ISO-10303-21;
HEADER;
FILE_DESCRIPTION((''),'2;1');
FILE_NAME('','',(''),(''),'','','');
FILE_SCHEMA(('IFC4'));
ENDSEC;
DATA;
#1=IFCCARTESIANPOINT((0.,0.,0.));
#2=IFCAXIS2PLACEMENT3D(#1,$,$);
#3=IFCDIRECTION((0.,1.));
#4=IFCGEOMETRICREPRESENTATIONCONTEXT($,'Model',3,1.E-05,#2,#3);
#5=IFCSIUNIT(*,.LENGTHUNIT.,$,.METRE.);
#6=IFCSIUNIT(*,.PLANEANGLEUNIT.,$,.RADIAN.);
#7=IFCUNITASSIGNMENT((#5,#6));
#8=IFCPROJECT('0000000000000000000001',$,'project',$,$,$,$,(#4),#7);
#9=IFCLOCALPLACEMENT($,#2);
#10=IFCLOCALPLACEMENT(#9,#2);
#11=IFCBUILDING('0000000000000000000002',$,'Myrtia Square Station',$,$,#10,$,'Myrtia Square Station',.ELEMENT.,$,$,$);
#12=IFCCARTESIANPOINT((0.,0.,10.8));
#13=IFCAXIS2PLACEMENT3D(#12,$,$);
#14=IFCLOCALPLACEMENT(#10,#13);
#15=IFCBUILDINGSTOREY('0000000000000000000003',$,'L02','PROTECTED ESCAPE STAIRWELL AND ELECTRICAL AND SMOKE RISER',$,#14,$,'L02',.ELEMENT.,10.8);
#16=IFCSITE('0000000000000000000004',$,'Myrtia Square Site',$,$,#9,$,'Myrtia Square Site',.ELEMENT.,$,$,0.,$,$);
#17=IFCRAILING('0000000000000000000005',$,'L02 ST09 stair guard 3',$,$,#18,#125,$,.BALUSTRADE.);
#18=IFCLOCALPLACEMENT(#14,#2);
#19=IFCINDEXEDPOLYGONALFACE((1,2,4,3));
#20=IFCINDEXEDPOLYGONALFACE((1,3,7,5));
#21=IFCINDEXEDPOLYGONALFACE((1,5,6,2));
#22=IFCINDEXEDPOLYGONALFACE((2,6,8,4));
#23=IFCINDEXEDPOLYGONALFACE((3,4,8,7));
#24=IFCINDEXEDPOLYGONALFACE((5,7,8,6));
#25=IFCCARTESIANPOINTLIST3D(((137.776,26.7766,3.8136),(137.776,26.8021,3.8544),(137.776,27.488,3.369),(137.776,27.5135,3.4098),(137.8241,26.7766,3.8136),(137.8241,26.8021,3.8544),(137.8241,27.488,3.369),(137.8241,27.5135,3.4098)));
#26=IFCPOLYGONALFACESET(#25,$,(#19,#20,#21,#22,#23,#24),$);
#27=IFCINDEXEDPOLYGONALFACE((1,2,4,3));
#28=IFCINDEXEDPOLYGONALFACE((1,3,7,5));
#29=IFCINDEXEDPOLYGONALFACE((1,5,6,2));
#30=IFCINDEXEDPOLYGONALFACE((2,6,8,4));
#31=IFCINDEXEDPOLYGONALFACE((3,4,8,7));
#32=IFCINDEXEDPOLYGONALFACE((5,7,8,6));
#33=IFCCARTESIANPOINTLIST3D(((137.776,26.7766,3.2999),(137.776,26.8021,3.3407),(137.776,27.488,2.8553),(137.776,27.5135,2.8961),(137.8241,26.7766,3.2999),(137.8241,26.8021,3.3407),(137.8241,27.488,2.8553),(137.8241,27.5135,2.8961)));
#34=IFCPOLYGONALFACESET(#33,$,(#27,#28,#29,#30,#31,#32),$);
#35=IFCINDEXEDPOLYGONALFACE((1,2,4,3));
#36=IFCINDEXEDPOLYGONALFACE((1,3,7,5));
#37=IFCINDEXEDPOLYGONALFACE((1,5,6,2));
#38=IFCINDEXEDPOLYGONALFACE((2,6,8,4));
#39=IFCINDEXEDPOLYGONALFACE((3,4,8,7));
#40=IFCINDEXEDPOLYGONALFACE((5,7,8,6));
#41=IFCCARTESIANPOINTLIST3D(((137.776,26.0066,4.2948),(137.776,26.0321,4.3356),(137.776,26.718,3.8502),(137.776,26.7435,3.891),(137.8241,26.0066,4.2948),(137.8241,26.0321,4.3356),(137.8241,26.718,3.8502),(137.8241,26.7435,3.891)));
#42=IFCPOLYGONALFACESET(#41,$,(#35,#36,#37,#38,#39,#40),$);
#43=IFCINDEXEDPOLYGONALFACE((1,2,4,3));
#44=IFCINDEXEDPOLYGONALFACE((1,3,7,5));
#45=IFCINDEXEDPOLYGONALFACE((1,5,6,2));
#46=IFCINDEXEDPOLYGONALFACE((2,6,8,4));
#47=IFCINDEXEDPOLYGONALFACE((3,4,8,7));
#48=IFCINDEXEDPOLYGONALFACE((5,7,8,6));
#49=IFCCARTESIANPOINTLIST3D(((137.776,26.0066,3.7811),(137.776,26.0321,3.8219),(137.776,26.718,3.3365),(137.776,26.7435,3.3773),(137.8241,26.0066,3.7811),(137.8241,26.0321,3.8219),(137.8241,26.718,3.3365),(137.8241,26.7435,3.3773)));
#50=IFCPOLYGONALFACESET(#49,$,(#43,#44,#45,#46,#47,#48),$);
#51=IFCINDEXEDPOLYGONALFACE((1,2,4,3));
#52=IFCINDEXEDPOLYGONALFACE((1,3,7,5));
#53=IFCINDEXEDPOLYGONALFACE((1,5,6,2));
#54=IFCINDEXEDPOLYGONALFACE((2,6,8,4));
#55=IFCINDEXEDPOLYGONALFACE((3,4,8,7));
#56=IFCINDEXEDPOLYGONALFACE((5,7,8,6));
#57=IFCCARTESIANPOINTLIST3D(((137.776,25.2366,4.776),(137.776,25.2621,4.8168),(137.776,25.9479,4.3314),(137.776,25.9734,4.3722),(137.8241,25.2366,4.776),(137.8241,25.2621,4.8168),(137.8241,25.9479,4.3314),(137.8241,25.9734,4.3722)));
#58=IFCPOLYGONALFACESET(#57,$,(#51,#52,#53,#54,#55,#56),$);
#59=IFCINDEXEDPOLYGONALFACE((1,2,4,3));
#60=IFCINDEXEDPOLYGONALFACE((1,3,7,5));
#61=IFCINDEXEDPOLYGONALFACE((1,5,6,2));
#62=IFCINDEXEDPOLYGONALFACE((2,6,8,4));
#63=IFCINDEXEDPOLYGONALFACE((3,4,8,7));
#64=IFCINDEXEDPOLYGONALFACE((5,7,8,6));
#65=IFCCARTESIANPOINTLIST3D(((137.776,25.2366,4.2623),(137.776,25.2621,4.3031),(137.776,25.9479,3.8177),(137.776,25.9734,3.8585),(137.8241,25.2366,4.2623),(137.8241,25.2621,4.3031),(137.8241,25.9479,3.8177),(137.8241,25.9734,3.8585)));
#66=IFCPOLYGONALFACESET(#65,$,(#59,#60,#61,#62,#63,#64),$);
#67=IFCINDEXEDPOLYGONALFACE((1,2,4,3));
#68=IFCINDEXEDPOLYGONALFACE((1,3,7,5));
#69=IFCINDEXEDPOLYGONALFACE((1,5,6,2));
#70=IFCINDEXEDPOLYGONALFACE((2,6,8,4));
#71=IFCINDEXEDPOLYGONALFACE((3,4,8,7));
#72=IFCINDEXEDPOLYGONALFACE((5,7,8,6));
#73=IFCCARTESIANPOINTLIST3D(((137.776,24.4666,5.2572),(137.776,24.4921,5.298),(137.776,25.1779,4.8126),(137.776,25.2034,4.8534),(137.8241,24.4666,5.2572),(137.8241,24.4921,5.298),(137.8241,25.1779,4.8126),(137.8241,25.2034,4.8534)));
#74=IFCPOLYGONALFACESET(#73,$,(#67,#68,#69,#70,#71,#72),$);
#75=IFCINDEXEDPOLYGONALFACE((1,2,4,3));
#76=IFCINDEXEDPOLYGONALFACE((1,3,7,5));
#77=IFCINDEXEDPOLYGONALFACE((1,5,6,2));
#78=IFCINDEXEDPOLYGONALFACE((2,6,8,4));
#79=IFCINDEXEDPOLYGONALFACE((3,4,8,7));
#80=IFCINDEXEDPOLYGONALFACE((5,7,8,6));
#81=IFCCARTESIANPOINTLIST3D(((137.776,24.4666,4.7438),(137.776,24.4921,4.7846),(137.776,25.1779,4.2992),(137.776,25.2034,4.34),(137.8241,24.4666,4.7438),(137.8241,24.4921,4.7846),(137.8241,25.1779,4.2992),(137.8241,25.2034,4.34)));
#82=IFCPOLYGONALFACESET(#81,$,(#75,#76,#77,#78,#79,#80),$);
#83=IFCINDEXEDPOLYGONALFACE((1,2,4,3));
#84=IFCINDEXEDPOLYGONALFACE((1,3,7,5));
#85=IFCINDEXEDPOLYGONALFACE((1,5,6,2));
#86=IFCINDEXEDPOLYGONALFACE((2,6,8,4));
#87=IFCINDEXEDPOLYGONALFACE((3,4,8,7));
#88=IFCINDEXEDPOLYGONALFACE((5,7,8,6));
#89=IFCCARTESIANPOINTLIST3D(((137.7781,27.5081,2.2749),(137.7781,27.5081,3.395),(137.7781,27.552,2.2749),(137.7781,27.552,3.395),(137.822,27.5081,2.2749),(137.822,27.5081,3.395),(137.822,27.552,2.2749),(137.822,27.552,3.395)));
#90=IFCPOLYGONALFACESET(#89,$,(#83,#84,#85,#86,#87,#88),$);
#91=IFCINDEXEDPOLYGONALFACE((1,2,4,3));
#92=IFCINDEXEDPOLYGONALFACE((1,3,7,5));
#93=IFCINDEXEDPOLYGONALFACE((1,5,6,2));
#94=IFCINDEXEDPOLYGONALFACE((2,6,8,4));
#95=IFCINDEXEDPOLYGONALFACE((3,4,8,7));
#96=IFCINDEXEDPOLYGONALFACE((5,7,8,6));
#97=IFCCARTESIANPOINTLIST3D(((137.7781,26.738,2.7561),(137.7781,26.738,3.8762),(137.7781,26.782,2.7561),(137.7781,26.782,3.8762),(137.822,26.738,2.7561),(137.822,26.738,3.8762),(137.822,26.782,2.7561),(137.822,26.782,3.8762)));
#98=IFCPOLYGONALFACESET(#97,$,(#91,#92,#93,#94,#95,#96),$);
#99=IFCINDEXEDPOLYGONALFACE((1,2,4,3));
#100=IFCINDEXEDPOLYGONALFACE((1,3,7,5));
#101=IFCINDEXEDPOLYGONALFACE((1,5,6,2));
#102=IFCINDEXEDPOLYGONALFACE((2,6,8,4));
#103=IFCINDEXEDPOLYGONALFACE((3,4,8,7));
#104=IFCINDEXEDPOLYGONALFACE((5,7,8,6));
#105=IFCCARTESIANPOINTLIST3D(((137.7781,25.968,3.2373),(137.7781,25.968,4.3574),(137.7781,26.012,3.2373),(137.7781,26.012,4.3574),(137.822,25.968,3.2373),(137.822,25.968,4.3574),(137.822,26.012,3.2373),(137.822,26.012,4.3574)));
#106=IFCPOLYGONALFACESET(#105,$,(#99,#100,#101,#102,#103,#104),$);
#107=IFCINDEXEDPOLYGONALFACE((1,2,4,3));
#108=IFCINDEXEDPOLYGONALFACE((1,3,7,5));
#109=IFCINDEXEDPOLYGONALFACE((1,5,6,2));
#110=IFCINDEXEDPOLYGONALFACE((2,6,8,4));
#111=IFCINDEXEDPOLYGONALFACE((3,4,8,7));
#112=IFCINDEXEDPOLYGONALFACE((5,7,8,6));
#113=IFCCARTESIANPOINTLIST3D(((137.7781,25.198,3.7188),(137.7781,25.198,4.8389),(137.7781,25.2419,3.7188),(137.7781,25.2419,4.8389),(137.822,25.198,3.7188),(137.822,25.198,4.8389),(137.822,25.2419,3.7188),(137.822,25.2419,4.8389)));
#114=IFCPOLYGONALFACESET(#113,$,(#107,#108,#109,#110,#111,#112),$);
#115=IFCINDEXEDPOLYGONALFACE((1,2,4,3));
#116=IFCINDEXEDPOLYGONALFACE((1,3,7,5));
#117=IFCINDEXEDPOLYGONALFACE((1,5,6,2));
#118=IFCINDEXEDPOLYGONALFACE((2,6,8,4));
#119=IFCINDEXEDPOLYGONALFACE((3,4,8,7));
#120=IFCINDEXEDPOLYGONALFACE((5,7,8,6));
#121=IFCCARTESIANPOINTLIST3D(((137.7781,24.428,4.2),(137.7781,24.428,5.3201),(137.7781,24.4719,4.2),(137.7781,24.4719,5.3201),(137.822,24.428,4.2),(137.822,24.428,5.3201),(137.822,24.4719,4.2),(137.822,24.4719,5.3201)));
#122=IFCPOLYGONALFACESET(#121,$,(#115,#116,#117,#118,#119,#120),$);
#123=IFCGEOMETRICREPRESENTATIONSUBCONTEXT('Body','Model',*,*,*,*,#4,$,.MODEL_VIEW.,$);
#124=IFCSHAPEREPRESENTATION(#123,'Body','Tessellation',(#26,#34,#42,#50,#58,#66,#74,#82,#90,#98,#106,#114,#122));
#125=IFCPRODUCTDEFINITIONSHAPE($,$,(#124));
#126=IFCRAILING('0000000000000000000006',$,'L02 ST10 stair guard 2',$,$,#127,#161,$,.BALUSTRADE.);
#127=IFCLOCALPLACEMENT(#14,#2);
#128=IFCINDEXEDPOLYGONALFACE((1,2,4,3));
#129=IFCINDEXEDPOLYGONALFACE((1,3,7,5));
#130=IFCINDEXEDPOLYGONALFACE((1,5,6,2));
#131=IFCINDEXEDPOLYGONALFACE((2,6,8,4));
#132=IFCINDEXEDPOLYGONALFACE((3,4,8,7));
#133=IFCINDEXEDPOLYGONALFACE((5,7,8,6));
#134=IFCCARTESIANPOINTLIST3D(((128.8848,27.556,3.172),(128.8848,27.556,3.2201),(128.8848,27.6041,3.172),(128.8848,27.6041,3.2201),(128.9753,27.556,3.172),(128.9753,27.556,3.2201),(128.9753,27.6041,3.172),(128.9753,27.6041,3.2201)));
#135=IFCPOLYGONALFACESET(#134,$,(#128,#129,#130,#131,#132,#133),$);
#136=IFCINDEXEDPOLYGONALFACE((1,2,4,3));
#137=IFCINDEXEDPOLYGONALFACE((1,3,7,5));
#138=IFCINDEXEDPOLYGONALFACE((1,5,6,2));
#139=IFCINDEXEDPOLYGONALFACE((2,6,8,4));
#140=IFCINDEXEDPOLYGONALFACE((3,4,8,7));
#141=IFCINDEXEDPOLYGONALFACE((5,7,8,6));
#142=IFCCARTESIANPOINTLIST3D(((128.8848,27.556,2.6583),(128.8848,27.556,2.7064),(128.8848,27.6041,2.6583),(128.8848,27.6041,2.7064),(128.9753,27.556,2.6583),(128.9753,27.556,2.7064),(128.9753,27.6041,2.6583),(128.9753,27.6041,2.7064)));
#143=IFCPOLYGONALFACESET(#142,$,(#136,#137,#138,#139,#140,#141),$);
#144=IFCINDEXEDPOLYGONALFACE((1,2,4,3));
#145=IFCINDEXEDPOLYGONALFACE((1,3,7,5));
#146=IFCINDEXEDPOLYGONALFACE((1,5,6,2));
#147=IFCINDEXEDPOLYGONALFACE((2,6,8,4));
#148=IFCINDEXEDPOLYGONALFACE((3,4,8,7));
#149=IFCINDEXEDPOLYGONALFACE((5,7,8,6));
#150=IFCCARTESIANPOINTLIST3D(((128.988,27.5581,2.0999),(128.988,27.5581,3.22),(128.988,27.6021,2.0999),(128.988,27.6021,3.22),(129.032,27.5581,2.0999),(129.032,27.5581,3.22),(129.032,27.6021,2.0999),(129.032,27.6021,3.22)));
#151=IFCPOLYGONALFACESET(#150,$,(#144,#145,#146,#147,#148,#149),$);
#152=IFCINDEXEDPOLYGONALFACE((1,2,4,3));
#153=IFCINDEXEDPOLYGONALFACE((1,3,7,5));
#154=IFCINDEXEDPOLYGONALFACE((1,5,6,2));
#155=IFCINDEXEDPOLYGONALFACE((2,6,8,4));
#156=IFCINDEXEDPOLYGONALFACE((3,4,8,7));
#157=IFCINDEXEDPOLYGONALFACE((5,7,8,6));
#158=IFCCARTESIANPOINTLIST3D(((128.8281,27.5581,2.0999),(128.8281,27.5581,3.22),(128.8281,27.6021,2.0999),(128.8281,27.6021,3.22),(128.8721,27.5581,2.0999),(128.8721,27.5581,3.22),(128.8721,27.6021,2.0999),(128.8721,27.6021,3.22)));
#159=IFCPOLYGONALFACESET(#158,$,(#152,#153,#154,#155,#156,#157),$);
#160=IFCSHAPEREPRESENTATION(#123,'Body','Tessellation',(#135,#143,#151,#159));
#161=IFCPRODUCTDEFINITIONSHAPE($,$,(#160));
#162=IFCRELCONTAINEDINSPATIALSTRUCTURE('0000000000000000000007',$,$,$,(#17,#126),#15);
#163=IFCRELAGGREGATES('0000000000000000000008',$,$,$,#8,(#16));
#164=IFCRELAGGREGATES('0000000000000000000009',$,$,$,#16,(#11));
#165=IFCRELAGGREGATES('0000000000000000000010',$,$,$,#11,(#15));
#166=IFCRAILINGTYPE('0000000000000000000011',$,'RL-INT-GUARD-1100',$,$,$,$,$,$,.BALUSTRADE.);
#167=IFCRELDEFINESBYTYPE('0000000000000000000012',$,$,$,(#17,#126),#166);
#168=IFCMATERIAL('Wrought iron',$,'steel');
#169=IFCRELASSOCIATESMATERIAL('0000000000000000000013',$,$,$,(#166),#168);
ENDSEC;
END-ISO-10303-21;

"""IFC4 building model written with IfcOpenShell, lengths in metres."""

from ifc_helpers import new_model, si_unit, direction, frame, origin, origin_2d, place, context, subcontext, project, spatial, rectangle, extrude, material, type_object, element, save


model = new_model("IFC4")

# Units and contexts
model_context = context("Model", 3, precision=1e-05, world=origin(), true_north=direction((0.0, 1.0)))
body_context = subcontext(model_context, "Body", "Model", "MODEL_VIEW")
ifc_project = project(units=[si_unit("LENGTHUNIT", "METRE"), si_unit("PLANEANGLEUNIT", "RADIAN")], contexts=[model_context])

# Site, building, storey
site_placement = place(None, origin())
site = spatial("IfcSite", under=ifc_project, at=site_placement, Name="Myrtia Square Site", LongName="Myrtia Square Site", CompositionType="ELEMENT", RefElevation=0.0)
building_placement = place(site_placement, origin())
building = spatial("IfcBuilding", under=site, at=building_placement, Name="Myrtia Square Station", LongName="Myrtia Square Station", CompositionType="ELEMENT")
storey_placement = place(building_placement, frame((0.0, 0.0, 10.8)))
storey = spatial("IfcBuildingStorey", under=building, at=storey_placement, Name="L02", Description="PROTECTED ESCAPE STAIRWELL AND ELECTRICAL AND SMOKE RISER", LongName="L02", CompositionType="ELEMENT", Elevation=10.8)

# Railings
ifc_material_1 = material(Name="Wrought iron", Category="steel")
railing_type_1 = type_object("IfcRailingType", Name="RL-INT-GUARD-1100", PredefinedType="BALUSTRADE", material=ifc_material_1)
railing_1_placement = place(storey_placement, frame((137.8, 27.53, 2.2749)))
element("IfcRailing", 1, at=railing_1_placement, inside=storey, type_object=railing_type_1, Name="L02 ST09 stair guard 3", PredefinedType="BALUSTRADE", context=body_context, shape_type="SweptSolid", body=[
    extrude(rectangle(XDim=0.0481, YDim=0.0481, at=origin_2d()), frame((0.0, -0.0293, 1.1145), z_axis=(0.0, -0.847998, 0.529999), x_axis=(1.0, 0.0, 0.0)), (0.0, 0.0, 1.0), 0.8389),
    extrude(rectangle(XDim=0.0481, YDim=0.0481, at=origin_2d()), frame((0.0, -0.0293, 0.6008), z_axis=(0.0, -0.847998, 0.529999), x_axis=(1.0, 0.0, 0.0)), (0.0, 0.0, 1.0), 0.8389),
    extrude(rectangle(XDim=0.0481, YDim=0.0481, at=origin_2d()), frame((0.0, -0.7993, 1.5957), z_axis=(0.0, -0.847998, 0.529999), x_axis=(1.0, 0.0, 0.0)), (0.0, 0.0, 1.0), 0.8389),
    extrude(rectangle(XDim=0.0481, YDim=0.0481, at=origin_2d()), frame((0.0, -0.7993, 1.082), z_axis=(0.0, -0.847998, 0.529999), x_axis=(1.0, 0.0, 0.0)), (0.0, 0.0, 1.0), 0.8389),
    extrude(rectangle(XDim=0.0481, YDim=0.0481, at=origin_2d()), frame((0.0, -1.5693, 2.0769), z_axis=(0.0, -0.847998, 0.529999), x_axis=(1.0, 0.0, 0.0)), (0.0, 0.0, 1.0), 0.8389),
    extrude(rectangle(XDim=0.0481, YDim=0.0481, at=origin_2d()), frame((0.0, -1.5693, 1.5632), z_axis=(0.0, -0.847998, 0.529999), x_axis=(1.0, 0.0, 0.0)), (0.0, 0.0, 1.0), 0.8389),
    extrude(rectangle(XDim=0.0481, YDim=0.0481, at=origin_2d()), frame((0.0, -2.3394, 2.5581), z_axis=(0.0, -0.847998, 0.529999), x_axis=(1.0, 0.0, 0.0)), (0.0, 0.0, 1.0), 0.8389),
    extrude(rectangle(XDim=0.0481, YDim=0.0481, at=origin_2d()), frame((0.0, -2.3394, 2.0447), z_axis=(0.0, -0.847998, 0.529999), x_axis=(1.0, 0.0, 0.0)), (0.0, 0.0, 1.0), 0.8389),
    extrude(rectangle(XDim=0.0439, YDim=0.0439, at=origin_2d()), origin(), (0.0, 0.0, 1.0), 1.1201),
    extrude(rectangle(XDim=0.0439, YDim=0.0439, at=origin_2d()), frame((0.0, -0.77, 0.4812)), (0.0, 0.0, 1.0), 1.1201),
    extrude(rectangle(XDim=0.0439, YDim=0.0439, at=origin_2d()), frame((0.0, -1.54, 0.9624)), (0.0, 0.0, 1.0), 1.1201),
    extrude(rectangle(XDim=0.0439, YDim=0.0439, at=origin_2d()), frame((0.0, -2.3101, 1.4438)), (0.0, 0.0, 1.0), 1.1201),
    extrude(rectangle(XDim=0.0439, YDim=0.0439, at=origin_2d()), frame((0.0, -3.0801, 1.925)), (0.0, 0.0, 1.0), 1.1201),
])
railing_2_placement = place(storey_placement, frame((129.01, 27.5801, 2.0999)))
element("IfcRailing", 2, at=railing_2_placement, inside=storey, type_object=railing_type_1, Name="L02 ST10 stair guard 2", PredefinedType="BALUSTRADE", context=body_context, shape_type="SweptSolid", body=[
    extrude(rectangle(XDim=0.0481, YDim=0.0481, at=origin_2d()), frame((-0.0347, 0.0, 1.0962), z_axis=(-1.0, 0.0, 0.0), x_axis=(0.0, -1.0, 0.0)), (0.0, 0.0, 1.0), 0.0906),
    extrude(rectangle(XDim=0.0481, YDim=0.0481, at=origin_2d()), frame((-0.0347, 0.0, 0.5825), z_axis=(-1.0, 0.0, 0.0), x_axis=(0.0, -1.0, 0.0)), (0.0, 0.0, 1.0), 0.0906),
    extrude(rectangle(XDim=0.0439, YDim=0.0439, at=origin_2d()), origin(), (0.0, 0.0, 1.0), 1.1201),
    extrude(rectangle(XDim=0.0439, YDim=0.0439, at=origin_2d()), frame((-0.1599, 0.0, 0.0)), (0.0, 0.0, 1.0), 1.1201),
])

save(model, "model.ifc")
